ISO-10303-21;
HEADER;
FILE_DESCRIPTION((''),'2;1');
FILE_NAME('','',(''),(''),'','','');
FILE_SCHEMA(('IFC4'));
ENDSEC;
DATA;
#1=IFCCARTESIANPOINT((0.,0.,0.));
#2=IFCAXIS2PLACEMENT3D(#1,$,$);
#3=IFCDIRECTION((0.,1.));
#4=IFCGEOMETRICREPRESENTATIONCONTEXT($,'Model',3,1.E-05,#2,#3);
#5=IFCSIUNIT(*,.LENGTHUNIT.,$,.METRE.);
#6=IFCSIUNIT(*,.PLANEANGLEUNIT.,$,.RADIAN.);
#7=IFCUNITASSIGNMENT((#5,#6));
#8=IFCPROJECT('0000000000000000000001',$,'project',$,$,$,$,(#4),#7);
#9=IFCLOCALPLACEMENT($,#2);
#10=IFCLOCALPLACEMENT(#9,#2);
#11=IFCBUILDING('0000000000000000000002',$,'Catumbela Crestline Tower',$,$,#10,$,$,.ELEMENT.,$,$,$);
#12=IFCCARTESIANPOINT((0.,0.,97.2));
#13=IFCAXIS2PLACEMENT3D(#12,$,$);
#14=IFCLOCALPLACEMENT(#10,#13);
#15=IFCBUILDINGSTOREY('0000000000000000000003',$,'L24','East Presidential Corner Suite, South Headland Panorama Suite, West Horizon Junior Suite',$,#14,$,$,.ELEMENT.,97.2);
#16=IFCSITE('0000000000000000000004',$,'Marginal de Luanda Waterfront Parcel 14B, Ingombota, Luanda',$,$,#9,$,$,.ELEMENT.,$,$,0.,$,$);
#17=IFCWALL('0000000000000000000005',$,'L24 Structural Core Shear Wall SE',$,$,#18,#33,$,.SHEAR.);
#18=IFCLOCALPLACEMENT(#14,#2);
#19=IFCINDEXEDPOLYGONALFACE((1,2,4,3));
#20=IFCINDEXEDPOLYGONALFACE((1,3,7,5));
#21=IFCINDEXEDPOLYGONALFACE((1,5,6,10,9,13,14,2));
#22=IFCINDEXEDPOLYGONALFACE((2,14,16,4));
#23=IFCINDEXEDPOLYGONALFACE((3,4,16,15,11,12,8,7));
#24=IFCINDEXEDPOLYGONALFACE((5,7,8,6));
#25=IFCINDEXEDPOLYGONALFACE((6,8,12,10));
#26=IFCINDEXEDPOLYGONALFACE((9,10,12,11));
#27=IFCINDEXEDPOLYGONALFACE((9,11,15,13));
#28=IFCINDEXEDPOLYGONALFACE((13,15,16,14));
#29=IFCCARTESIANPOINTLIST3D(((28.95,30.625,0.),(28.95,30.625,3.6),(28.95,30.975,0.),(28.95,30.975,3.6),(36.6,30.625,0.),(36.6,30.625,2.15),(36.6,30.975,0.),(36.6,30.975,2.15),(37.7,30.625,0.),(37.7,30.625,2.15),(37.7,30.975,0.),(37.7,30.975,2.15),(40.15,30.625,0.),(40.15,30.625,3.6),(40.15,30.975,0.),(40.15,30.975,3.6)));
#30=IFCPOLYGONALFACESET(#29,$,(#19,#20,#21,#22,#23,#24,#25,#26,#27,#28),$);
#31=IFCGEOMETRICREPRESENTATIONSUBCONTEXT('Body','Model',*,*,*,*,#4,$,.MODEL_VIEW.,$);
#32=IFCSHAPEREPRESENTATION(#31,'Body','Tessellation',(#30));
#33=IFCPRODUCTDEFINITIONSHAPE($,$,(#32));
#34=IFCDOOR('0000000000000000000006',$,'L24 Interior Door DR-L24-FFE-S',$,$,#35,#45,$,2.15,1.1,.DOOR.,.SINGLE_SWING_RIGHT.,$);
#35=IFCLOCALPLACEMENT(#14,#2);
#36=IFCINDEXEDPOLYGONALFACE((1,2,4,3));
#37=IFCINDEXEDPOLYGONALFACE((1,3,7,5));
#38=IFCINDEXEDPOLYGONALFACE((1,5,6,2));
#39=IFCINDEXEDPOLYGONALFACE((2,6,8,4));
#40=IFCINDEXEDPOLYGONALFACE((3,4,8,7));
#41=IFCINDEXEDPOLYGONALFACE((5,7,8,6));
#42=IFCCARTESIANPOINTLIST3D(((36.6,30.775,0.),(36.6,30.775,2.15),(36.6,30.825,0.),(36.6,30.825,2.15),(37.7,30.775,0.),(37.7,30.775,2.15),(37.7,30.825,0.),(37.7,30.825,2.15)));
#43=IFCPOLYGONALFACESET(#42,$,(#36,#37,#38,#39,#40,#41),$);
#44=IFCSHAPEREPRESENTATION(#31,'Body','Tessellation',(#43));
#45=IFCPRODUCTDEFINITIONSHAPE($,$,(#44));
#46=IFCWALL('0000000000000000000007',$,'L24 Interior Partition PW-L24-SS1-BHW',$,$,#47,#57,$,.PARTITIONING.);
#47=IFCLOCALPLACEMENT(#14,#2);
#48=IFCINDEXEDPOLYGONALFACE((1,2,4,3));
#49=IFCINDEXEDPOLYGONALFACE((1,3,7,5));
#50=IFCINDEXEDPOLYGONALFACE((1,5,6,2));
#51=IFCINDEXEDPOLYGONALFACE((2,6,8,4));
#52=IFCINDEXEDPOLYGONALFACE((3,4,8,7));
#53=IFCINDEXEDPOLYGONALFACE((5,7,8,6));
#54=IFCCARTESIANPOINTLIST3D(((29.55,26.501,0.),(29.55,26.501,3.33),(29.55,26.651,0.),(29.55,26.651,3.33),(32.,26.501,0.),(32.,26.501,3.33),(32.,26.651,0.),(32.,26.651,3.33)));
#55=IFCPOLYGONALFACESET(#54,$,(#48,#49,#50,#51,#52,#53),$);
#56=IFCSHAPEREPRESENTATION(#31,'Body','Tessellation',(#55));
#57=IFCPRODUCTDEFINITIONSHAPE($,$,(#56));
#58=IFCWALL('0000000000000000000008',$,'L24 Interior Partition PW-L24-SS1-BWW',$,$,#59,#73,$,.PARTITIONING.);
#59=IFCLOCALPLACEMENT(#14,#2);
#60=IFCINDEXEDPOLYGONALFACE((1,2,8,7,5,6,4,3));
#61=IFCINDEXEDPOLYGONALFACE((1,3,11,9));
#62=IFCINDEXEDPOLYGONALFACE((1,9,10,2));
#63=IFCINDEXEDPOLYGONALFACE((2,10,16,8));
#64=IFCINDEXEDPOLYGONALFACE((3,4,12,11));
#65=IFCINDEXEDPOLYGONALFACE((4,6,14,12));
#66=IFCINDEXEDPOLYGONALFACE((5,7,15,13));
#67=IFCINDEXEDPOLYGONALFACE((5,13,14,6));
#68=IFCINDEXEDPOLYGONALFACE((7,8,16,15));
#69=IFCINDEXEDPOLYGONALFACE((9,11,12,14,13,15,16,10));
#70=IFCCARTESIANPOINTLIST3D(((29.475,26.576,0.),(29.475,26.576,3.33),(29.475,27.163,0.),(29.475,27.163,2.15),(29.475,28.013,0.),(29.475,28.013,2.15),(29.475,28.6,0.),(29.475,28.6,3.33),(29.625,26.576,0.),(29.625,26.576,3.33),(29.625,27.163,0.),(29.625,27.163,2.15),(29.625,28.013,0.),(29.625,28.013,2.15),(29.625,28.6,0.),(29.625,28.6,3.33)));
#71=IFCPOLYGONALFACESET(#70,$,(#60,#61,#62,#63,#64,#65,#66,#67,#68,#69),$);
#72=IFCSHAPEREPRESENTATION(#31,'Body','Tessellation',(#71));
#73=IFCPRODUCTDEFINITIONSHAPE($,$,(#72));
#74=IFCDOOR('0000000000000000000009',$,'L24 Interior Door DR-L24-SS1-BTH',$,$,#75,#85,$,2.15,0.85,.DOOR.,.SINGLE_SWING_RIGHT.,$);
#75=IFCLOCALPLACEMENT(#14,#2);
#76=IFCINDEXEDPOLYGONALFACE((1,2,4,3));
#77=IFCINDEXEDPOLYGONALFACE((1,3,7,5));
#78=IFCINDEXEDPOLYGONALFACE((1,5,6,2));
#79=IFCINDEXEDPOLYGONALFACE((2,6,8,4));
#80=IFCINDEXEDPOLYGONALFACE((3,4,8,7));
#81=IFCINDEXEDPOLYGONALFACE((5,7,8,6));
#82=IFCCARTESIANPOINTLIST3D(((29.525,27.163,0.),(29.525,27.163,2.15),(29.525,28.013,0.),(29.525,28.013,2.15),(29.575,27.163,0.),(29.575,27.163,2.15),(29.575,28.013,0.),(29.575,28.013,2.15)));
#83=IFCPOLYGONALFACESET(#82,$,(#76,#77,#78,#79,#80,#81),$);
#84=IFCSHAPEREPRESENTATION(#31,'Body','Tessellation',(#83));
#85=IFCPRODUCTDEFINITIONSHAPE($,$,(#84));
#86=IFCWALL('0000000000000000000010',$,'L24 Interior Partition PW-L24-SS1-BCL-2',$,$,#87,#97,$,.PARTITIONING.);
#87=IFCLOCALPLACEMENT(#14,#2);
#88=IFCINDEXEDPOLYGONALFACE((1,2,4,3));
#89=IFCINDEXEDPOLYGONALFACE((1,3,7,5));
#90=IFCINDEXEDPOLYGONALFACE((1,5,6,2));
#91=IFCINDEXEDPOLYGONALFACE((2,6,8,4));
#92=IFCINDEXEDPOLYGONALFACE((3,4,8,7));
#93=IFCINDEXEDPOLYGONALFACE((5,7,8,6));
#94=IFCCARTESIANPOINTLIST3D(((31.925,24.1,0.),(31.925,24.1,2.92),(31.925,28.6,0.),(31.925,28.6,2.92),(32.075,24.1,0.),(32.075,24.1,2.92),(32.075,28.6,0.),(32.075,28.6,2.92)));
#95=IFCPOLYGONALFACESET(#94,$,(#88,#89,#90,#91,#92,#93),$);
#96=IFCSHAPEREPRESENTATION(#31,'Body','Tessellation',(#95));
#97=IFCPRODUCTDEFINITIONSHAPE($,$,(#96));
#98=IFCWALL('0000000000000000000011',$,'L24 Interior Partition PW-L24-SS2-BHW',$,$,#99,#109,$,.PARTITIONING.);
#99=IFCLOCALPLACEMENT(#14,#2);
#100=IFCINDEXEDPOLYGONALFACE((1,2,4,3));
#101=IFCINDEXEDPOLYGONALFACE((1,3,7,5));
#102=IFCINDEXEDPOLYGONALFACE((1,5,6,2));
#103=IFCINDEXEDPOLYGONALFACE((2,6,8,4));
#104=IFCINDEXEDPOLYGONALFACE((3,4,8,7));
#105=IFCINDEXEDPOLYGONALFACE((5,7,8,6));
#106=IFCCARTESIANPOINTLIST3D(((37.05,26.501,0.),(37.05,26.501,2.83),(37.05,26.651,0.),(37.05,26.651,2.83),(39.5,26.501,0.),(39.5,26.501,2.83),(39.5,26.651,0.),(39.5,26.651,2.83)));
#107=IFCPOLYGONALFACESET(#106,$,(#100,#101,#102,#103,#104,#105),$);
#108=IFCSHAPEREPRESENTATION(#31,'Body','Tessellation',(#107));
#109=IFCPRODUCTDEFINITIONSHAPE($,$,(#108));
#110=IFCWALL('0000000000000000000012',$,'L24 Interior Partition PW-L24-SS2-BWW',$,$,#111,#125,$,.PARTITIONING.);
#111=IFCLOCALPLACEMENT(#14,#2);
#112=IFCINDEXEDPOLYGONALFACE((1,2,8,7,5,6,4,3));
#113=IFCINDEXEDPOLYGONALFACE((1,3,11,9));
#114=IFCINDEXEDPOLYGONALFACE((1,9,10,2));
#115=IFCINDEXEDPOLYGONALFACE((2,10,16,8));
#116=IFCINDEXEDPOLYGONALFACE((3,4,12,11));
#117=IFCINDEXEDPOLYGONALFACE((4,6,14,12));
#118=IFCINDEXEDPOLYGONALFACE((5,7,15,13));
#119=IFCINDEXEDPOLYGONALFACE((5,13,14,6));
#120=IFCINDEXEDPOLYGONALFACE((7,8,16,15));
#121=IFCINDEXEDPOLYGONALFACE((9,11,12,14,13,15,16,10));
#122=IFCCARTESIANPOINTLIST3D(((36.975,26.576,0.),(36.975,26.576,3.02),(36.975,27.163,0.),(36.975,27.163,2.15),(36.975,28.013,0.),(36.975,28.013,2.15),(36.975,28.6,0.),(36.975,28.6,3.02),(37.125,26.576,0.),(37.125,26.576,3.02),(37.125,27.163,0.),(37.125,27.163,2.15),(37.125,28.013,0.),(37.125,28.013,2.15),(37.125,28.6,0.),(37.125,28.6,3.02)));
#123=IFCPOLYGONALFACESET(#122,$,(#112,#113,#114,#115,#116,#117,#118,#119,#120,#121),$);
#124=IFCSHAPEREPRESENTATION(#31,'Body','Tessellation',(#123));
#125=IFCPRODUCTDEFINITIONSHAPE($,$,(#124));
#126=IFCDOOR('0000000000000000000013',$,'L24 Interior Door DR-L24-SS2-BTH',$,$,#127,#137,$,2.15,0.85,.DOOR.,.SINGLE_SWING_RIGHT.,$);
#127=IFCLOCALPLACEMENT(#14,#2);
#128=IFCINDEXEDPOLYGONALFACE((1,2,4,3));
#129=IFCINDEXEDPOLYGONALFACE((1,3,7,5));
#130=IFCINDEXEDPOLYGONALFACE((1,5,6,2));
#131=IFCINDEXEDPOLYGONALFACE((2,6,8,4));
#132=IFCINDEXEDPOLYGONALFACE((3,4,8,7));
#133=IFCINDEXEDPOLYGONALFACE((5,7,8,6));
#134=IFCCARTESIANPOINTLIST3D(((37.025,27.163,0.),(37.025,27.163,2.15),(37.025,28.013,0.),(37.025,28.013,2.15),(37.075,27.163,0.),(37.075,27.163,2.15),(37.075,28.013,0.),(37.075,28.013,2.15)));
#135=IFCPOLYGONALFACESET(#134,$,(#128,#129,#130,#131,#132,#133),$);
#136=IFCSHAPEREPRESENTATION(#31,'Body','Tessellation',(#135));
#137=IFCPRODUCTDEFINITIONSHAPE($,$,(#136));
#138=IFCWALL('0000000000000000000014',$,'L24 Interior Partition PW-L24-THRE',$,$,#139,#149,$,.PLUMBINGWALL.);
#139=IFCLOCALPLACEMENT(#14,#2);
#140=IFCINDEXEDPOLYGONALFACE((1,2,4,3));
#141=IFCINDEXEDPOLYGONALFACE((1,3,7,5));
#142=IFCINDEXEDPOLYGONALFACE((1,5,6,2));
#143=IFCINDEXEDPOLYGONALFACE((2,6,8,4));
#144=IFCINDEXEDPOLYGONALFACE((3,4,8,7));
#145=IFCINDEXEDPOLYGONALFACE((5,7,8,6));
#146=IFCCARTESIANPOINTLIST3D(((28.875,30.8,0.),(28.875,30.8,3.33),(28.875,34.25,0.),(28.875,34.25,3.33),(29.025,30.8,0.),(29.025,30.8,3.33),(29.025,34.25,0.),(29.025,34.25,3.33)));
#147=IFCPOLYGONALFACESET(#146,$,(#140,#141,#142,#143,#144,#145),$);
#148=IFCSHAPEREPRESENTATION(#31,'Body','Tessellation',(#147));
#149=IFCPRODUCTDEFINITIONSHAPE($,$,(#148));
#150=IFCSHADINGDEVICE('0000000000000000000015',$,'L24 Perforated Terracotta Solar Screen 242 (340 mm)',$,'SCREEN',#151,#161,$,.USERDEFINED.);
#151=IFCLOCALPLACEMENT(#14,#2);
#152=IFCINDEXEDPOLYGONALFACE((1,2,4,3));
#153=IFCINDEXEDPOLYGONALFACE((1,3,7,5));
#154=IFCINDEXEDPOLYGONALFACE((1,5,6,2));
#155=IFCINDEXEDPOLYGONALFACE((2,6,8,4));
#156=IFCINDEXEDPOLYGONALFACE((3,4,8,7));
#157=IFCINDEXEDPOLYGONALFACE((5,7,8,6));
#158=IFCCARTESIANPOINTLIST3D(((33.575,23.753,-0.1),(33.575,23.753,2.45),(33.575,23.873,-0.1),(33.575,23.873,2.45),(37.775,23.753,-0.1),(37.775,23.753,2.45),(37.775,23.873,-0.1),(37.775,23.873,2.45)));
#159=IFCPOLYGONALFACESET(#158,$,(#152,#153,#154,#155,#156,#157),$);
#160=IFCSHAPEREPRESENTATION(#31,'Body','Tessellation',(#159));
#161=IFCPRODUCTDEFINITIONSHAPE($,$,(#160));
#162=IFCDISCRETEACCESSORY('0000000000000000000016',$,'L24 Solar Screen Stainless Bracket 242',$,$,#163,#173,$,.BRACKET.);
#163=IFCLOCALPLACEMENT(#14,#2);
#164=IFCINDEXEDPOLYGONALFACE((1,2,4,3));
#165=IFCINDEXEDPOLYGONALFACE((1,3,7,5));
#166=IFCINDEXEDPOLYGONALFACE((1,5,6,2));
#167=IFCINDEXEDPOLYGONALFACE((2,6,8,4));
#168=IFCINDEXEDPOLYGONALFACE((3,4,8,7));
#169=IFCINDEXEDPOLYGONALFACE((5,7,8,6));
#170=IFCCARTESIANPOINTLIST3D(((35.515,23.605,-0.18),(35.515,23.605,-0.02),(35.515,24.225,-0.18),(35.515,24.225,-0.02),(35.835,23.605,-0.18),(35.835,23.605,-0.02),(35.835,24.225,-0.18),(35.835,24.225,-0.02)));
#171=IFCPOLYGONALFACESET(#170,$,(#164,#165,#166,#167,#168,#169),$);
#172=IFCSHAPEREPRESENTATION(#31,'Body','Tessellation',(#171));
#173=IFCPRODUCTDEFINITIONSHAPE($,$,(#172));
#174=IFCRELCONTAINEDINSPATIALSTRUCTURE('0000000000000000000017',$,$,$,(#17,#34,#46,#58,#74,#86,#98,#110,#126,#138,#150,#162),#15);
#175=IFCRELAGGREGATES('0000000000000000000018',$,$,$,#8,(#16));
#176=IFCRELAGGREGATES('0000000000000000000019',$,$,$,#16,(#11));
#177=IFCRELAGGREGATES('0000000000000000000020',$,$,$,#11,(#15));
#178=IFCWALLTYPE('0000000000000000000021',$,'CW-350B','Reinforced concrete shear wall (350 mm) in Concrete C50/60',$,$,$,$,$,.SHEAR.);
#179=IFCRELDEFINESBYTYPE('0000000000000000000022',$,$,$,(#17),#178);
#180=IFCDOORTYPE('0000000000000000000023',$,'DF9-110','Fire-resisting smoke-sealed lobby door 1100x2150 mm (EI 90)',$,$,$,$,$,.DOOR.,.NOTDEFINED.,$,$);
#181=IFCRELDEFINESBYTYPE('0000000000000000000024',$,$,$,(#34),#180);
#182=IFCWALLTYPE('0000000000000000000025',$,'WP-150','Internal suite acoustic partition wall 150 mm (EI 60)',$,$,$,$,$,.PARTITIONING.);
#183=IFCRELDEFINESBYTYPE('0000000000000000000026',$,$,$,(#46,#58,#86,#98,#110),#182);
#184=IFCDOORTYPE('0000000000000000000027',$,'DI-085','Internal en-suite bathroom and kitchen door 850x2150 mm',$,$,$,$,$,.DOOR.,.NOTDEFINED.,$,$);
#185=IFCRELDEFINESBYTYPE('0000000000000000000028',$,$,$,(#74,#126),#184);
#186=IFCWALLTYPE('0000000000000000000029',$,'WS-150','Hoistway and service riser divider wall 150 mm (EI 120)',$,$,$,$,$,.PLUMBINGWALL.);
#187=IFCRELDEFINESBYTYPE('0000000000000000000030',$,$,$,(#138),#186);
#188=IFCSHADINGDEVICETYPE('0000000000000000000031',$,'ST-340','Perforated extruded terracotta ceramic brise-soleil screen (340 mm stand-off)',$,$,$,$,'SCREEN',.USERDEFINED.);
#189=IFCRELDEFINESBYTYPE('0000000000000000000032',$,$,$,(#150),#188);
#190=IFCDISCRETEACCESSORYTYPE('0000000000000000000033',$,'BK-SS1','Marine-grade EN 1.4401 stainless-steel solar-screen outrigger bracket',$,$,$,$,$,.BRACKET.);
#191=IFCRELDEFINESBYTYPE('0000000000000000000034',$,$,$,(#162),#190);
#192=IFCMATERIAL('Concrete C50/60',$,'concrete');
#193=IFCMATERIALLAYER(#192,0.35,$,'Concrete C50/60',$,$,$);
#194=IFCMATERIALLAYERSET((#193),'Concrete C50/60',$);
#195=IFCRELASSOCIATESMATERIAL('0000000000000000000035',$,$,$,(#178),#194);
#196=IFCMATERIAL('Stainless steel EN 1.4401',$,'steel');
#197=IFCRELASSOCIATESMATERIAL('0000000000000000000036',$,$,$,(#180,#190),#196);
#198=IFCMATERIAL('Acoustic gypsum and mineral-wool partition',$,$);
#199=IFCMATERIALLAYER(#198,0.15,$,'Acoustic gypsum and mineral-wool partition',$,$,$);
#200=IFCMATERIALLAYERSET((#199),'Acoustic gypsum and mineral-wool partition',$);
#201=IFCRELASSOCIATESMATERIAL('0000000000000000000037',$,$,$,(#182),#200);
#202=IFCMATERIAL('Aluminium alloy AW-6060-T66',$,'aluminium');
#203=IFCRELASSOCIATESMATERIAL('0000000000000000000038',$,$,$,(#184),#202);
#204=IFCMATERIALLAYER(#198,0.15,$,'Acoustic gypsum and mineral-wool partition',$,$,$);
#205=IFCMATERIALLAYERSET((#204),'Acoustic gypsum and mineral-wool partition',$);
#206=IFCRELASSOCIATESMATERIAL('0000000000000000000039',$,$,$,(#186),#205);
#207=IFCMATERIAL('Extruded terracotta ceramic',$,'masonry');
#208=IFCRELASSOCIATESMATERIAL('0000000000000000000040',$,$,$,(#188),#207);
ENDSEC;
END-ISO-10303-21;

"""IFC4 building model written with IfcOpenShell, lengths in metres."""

from ifc_helpers import new_model, si_unit, direction, frame, frame_2d, origin, origin_2d, place, context, subcontext, project, spatial, rectangle, extrude, material, layer, layer_set, type_object, element, fill, save


model = new_model("IFC4")

# Units and contexts
model_context = context("Model", 3, precision=1e-05, world=origin(), true_north=direction((0.0, 1.0)))
body_context = subcontext(model_context, "Body", "Model", "MODEL_VIEW")
ifc_project = project(units=[si_unit("LENGTHUNIT", "METRE"), si_unit("PLANEANGLEUNIT", "RADIAN")], contexts=[model_context])

# Site, building, storey
site_placement = place(None, origin())
site = spatial("IfcSite", under=ifc_project, at=site_placement, Name="Marginal de Luanda Waterfront Parcel 14B, Ingombota, Luanda", CompositionType="ELEMENT", RefElevation=0.0)
building_placement = place(site_placement, origin())
building = spatial("IfcBuilding", under=site, at=building_placement, Name="Catumbela Crestline Tower", CompositionType="ELEMENT")
storey_placement = place(building_placement, frame((0.0, 0.0, 97.2)))
storey = spatial("IfcBuildingStorey", under=building, at=storey_placement, Name="L24", Description="East Presidential Corner Suite, South Headland Panorama Suite, West Horizon Junior Suite", CompositionType="ELEMENT", Elevation=97.2)

# Shared definitions
ifc_material_1 = material(Name="Concrete C50/60", Category="concrete")

# Shared definitions
ifc_material_2 = material(Name="Aluminium alloy AW-6060-T66", Category="aluminium")

# Wall, opening, door
ifc_layer_1 = layer(ifc_material_1, 0.35, Name="Concrete C50/60")
ifc_layer_set_1 = layer_set([ifc_layer_1], Name="Concrete C50/60")
wall_type_1 = type_object("IfcWallType", Name="CW-350B", Description="Reinforced concrete shear wall (350 mm) in Concrete C50/60", PredefinedType="SHEAR", material=ifc_layer_set_1)
wall_1_placement = place(storey_placement, frame((28.95, 30.8, 0.0), z_axis=(0.0, 0.0, 1.0), x_axis=(1.0, 0.0, 0.0)))
wall_1 = element("IfcWall", 1, at=wall_1_placement, inside=storey, type_object=wall_type_1, Name="L24 Structural Core Shear Wall SE", PredefinedType="SHEAR", context=body_context, shape_type="SweptSolid", body=[
    extrude(rectangle(XDim=11.2, YDim=0.35, at=frame_2d((5.6, 0.0))), origin(), (0.0, 0.0, 1.0), 3.6),
])
opening_1_placement = place(wall_1_placement, frame((7.65, 0.0, 0.0)))
opening_1 = element("IfcOpeningElement", 2, at=opening_1_placement, cuts=wall_1, PredefinedType="OPENING", context=body_context, shape_type="SweptSolid", body=[
    extrude(rectangle(XDim=1.1, YDim=2.15, at=frame_2d((0.55, 1.075))), frame((0.0, 0.185, 0.0), z_axis=(0.0, -1.0, 0.0), x_axis=(1.0, 0.0, 0.0)), (0.0, 0.0, 1.0), 0.37),
])
ifc_material_3 = material(Name="Stainless steel EN 1.4401", Category="steel")
door_type_1 = type_object("IfcDoorType", Name="DF9-110", Description="Fire-resisting smoke-sealed lobby door 1100x2150 mm (EI 90)", OperationType="NOTDEFINED", PredefinedType="DOOR", material=ifc_material_3)
door_1_placement = place(opening_1_placement, origin())
door_1 = element("IfcDoor", 3, at=door_1_placement, inside=storey, type_object=door_type_1, Name="L24 Interior Door DR-L24-FFE-S", OperationType="SINGLE_SWING_RIGHT", OverallHeight=2.15, OverallWidth=1.1, PredefinedType="DOOR", context=body_context, shape_type="SweptSolid", body=[
    extrude(rectangle(XDim=1.1, YDim=2.15, at=frame_2d((0.55, 1.075))), frame((0.0, 0.025, 0.0), z_axis=(0.0, -1.0, 0.0), x_axis=(1.0, 0.0, 0.0)), (0.0, 0.0, 1.0), 0.05),
])
fill(opening_1, door_1)

# Wall
ifc_material_4 = material(Name="Acoustic gypsum and mineral-wool partition")
ifc_layer_2 = layer(ifc_material_4, 0.15, Name="Acoustic gypsum and mineral-wool partition")
ifc_layer_set_2 = layer_set([ifc_layer_2], Name="Acoustic gypsum and mineral-wool partition")
wall_type_2 = type_object("IfcWallType", Name="WP-150", Description="Internal suite acoustic partition wall 150 mm (EI 60)", PredefinedType="PARTITIONING", material=ifc_layer_set_2)
wall_2_placement = place(storey_placement, frame((29.55, 26.576, 0.0), z_axis=(0.0, 0.0, 1.0), x_axis=(1.0, 0.0, 0.0)))
element("IfcWall", 4, at=wall_2_placement, inside=storey, type_object=wall_type_2, Name="L24 Interior Partition PW-L24-SS1-BHW", PredefinedType="PARTITIONING", context=body_context, shape_type="SweptSolid", body=[
    extrude(rectangle(XDim=2.45, YDim=0.15, at=frame_2d((1.225, 0.0))), origin(), (0.0, 0.0, 1.0), 3.33),
])

# Wall, opening, door
wall_3_placement = place(storey_placement, frame((29.55, 26.576, 0.0), z_axis=(0.0, 0.0, 1.0), x_axis=(0.0, 1.0, 0.0)))
wall_3 = element("IfcWall", 5, at=wall_3_placement, inside=storey, type_object=wall_type_2, Name="L24 Interior Partition PW-L24-SS1-BWW", PredefinedType="PARTITIONING", context=body_context, shape_type="SweptSolid", body=[
    extrude(rectangle(XDim=2.024, YDim=0.15, at=frame_2d((1.012, 0.0))), origin(), (0.0, 0.0, 1.0), 3.33),
])
opening_2_placement = place(wall_3_placement, frame((0.587, 0.0, 0.0)))
opening_2 = element("IfcOpeningElement", 6, at=opening_2_placement, cuts=wall_3, PredefinedType="OPENING", context=body_context, shape_type="SweptSolid", body=[
    extrude(rectangle(XDim=0.85, YDim=2.15, at=frame_2d((0.425, 1.075))), frame((0.0, 0.085, 0.0), z_axis=(0.0, -1.0, 0.0), x_axis=(1.0, 0.0, 0.0)), (0.0, 0.0, 1.0), 0.17),
])
door_type_2 = type_object("IfcDoorType", Name="DI-085", Description="Internal en-suite bathroom and kitchen door 850x2150 mm", OperationType="NOTDEFINED", PredefinedType="DOOR", material=ifc_material_2)
door_2_placement = place(opening_2_placement, origin())
door_2 = element("IfcDoor", 7, at=door_2_placement, inside=storey, type_object=door_type_2, Name="L24 Interior Door DR-L24-SS1-BTH", OperationType="SINGLE_SWING_RIGHT", OverallHeight=2.15, OverallWidth=0.85, PredefinedType="DOOR", context=body_context, shape_type="SweptSolid", body=[
    extrude(rectangle(XDim=0.85, YDim=2.15, at=frame_2d((0.425, 1.075))), frame((0.0, 0.025, 0.0), z_axis=(0.0, -1.0, 0.0), x_axis=(1.0, 0.0, 0.0)), (0.0, 0.0, 1.0), 0.05),
])
fill(opening_2, door_2)

# Walls
wall_4_placement = place(storey_placement, frame((32.0, 28.6, 0.0), z_axis=(0.0, 0.0, 1.0), x_axis=(0.0, -1.0, 0.0)))
element("IfcWall", 8, at=wall_4_placement, inside=storey, type_object=wall_type_2, Name="L24 Interior Partition PW-L24-SS1-BCL-2", PredefinedType="PARTITIONING", context=body_context, shape_type="SweptSolid", body=[
    extrude(rectangle(XDim=4.5, YDim=0.15, at=frame_2d((2.25, 0.0))), origin(), (0.0, 0.0, 1.0), 2.92),
])
wall_5_placement = place(storey_placement, frame((37.05, 26.576, 0.0), z_axis=(0.0, 0.0, 1.0), x_axis=(1.0, 0.0, 0.0)))
element("IfcWall", 9, at=wall_5_placement, inside=storey, type_object=wall_type_2, Name="L24 Interior Partition PW-L24-SS2-BHW", PredefinedType="PARTITIONING", context=body_context, shape_type="SweptSolid", body=[
    extrude(rectangle(XDim=2.45, YDim=0.15, at=frame_2d((1.225, 0.0))), origin(), (0.0, 0.0, 1.0), 2.83),
])

# Wall, opening, door
wall_6_placement = place(storey_placement, frame((37.05, 26.576, 0.0), z_axis=(0.0, 0.0, 1.0), x_axis=(0.0, 1.0, 0.0)))
wall_6 = element("IfcWall", 10, at=wall_6_placement, inside=storey, type_object=wall_type_2, Name="L24 Interior Partition PW-L24-SS2-BWW", PredefinedType="PARTITIONING", context=body_context, shape_type="SweptSolid", body=[
    extrude(rectangle(XDim=2.024, YDim=0.15, at=frame_2d((1.012, 0.0))), origin(), (0.0, 0.0, 1.0), 3.02),
])
opening_3_placement = place(wall_6_placement, frame((0.587, 0.0, 0.0)))
opening_3 = element("IfcOpeningElement", 11, at=opening_3_placement, cuts=wall_6, PredefinedType="OPENING", context=body_context, shape_type="SweptSolid", body=[
    extrude(rectangle(XDim=0.85, YDim=2.15, at=frame_2d((0.425, 1.075))), frame((0.0, 0.085, 0.0), z_axis=(0.0, -1.0, 0.0), x_axis=(1.0, 0.0, 0.0)), (0.0, 0.0, 1.0), 0.17),
])
door_3_placement = place(opening_3_placement, origin())
door_3 = element("IfcDoor", 12, at=door_3_placement, inside=storey, type_object=door_type_2, Name="L24 Interior Door DR-L24-SS2-BTH", OperationType="SINGLE_SWING_RIGHT", OverallHeight=2.15, OverallWidth=0.85, PredefinedType="DOOR", context=body_context, shape_type="SweptSolid", body=[
    extrude(rectangle(XDim=0.85, YDim=2.15, at=frame_2d((0.425, 1.075))), frame((0.0, 0.025, 0.0), z_axis=(0.0, -1.0, 0.0), x_axis=(1.0, 0.0, 0.0)), (0.0, 0.0, 1.0), 0.05),
])
fill(opening_3, door_3)

# Wall
ifc_layer_3 = layer(ifc_material_4, 0.15, Name="Acoustic gypsum and mineral-wool partition")
ifc_layer_set_3 = layer_set([ifc_layer_3], Name="Acoustic gypsum and mineral-wool partition")
wall_type_3 = type_object("IfcWallType", Name="WS-150", Description="Hoistway and service riser divider wall 150 mm (EI 120)", PredefinedType="PLUMBINGWALL", material=ifc_layer_set_3)
wall_7_placement = place(storey_placement, frame((28.95, 30.8, 0.0), z_axis=(0.0, 0.0, 1.0), x_axis=(0.0, 1.0, 0.0)))
element("IfcWall", 13, at=wall_7_placement, inside=storey, type_object=wall_type_3, Name="L24 Interior Partition PW-L24-THRE", PredefinedType="PLUMBINGWALL", context=body_context, shape_type="SweptSolid", body=[
    extrude(rectangle(XDim=3.45, YDim=0.15, at=frame_2d((1.725, 0.0))), origin(), (0.0, 0.0, 1.0), 3.33),
])

# Shading device
ifc_material_5 = material(Name="Extruded terracotta ceramic", Category="masonry")
shading_device_type = type_object("IfcShadingDeviceType", Name="ST-340", Description="Perforated extruded terracotta ceramic brise-soleil screen (340 mm stand-off)", ElementType="SCREEN", PredefinedType="USERDEFINED", material=ifc_material_5)
shading_device_placement = place(storey_placement, frame((35.675, 23.813, -0.1), z_axis=(0.0, 0.0, 1.0), x_axis=(1.0, 0.0, 0.0)))
element("IfcShadingDevice", 14, at=shading_device_placement, inside=storey, type_object=shading_device_type, Name="L24 Perforated Terracotta Solar Screen 242 (340 mm)", ObjectType="SCREEN", PredefinedType="USERDEFINED", context=body_context, shape_type="SweptSolid", body=[
    extrude(rectangle(XDim=4.2, YDim=0.12, at=origin_2d()), origin(), (0.0, 0.0, 1.0), 2.55),
])

# Discrete accessory
discrete_accessory_type = type_object("IfcDiscreteAccessoryType", Name="BK-SS1", Description="Marine-grade EN 1.4401 stainless-steel solar-screen outrigger bracket", PredefinedType="BRACKET", material=ifc_material_3)
discrete_accessory_placement = place(storey_placement, frame((35.675, 23.915, -0.18), z_axis=(0.0, 0.0, 1.0), x_axis=(1.0, 0.0, 0.0)))
element("IfcDiscreteAccessory", 15, at=discrete_accessory_placement, inside=storey, type_object=discrete_accessory_type, Name="L24 Solar Screen Stainless Bracket 242", PredefinedType="BRACKET", context=body_context, shape_type="SweptSolid", body=[
    extrude(rectangle(XDim=0.32, YDim=0.62, at=origin_2d()), origin(), (0.0, 0.0, 1.0), 0.16),
])

save(model, "model.ifc")
